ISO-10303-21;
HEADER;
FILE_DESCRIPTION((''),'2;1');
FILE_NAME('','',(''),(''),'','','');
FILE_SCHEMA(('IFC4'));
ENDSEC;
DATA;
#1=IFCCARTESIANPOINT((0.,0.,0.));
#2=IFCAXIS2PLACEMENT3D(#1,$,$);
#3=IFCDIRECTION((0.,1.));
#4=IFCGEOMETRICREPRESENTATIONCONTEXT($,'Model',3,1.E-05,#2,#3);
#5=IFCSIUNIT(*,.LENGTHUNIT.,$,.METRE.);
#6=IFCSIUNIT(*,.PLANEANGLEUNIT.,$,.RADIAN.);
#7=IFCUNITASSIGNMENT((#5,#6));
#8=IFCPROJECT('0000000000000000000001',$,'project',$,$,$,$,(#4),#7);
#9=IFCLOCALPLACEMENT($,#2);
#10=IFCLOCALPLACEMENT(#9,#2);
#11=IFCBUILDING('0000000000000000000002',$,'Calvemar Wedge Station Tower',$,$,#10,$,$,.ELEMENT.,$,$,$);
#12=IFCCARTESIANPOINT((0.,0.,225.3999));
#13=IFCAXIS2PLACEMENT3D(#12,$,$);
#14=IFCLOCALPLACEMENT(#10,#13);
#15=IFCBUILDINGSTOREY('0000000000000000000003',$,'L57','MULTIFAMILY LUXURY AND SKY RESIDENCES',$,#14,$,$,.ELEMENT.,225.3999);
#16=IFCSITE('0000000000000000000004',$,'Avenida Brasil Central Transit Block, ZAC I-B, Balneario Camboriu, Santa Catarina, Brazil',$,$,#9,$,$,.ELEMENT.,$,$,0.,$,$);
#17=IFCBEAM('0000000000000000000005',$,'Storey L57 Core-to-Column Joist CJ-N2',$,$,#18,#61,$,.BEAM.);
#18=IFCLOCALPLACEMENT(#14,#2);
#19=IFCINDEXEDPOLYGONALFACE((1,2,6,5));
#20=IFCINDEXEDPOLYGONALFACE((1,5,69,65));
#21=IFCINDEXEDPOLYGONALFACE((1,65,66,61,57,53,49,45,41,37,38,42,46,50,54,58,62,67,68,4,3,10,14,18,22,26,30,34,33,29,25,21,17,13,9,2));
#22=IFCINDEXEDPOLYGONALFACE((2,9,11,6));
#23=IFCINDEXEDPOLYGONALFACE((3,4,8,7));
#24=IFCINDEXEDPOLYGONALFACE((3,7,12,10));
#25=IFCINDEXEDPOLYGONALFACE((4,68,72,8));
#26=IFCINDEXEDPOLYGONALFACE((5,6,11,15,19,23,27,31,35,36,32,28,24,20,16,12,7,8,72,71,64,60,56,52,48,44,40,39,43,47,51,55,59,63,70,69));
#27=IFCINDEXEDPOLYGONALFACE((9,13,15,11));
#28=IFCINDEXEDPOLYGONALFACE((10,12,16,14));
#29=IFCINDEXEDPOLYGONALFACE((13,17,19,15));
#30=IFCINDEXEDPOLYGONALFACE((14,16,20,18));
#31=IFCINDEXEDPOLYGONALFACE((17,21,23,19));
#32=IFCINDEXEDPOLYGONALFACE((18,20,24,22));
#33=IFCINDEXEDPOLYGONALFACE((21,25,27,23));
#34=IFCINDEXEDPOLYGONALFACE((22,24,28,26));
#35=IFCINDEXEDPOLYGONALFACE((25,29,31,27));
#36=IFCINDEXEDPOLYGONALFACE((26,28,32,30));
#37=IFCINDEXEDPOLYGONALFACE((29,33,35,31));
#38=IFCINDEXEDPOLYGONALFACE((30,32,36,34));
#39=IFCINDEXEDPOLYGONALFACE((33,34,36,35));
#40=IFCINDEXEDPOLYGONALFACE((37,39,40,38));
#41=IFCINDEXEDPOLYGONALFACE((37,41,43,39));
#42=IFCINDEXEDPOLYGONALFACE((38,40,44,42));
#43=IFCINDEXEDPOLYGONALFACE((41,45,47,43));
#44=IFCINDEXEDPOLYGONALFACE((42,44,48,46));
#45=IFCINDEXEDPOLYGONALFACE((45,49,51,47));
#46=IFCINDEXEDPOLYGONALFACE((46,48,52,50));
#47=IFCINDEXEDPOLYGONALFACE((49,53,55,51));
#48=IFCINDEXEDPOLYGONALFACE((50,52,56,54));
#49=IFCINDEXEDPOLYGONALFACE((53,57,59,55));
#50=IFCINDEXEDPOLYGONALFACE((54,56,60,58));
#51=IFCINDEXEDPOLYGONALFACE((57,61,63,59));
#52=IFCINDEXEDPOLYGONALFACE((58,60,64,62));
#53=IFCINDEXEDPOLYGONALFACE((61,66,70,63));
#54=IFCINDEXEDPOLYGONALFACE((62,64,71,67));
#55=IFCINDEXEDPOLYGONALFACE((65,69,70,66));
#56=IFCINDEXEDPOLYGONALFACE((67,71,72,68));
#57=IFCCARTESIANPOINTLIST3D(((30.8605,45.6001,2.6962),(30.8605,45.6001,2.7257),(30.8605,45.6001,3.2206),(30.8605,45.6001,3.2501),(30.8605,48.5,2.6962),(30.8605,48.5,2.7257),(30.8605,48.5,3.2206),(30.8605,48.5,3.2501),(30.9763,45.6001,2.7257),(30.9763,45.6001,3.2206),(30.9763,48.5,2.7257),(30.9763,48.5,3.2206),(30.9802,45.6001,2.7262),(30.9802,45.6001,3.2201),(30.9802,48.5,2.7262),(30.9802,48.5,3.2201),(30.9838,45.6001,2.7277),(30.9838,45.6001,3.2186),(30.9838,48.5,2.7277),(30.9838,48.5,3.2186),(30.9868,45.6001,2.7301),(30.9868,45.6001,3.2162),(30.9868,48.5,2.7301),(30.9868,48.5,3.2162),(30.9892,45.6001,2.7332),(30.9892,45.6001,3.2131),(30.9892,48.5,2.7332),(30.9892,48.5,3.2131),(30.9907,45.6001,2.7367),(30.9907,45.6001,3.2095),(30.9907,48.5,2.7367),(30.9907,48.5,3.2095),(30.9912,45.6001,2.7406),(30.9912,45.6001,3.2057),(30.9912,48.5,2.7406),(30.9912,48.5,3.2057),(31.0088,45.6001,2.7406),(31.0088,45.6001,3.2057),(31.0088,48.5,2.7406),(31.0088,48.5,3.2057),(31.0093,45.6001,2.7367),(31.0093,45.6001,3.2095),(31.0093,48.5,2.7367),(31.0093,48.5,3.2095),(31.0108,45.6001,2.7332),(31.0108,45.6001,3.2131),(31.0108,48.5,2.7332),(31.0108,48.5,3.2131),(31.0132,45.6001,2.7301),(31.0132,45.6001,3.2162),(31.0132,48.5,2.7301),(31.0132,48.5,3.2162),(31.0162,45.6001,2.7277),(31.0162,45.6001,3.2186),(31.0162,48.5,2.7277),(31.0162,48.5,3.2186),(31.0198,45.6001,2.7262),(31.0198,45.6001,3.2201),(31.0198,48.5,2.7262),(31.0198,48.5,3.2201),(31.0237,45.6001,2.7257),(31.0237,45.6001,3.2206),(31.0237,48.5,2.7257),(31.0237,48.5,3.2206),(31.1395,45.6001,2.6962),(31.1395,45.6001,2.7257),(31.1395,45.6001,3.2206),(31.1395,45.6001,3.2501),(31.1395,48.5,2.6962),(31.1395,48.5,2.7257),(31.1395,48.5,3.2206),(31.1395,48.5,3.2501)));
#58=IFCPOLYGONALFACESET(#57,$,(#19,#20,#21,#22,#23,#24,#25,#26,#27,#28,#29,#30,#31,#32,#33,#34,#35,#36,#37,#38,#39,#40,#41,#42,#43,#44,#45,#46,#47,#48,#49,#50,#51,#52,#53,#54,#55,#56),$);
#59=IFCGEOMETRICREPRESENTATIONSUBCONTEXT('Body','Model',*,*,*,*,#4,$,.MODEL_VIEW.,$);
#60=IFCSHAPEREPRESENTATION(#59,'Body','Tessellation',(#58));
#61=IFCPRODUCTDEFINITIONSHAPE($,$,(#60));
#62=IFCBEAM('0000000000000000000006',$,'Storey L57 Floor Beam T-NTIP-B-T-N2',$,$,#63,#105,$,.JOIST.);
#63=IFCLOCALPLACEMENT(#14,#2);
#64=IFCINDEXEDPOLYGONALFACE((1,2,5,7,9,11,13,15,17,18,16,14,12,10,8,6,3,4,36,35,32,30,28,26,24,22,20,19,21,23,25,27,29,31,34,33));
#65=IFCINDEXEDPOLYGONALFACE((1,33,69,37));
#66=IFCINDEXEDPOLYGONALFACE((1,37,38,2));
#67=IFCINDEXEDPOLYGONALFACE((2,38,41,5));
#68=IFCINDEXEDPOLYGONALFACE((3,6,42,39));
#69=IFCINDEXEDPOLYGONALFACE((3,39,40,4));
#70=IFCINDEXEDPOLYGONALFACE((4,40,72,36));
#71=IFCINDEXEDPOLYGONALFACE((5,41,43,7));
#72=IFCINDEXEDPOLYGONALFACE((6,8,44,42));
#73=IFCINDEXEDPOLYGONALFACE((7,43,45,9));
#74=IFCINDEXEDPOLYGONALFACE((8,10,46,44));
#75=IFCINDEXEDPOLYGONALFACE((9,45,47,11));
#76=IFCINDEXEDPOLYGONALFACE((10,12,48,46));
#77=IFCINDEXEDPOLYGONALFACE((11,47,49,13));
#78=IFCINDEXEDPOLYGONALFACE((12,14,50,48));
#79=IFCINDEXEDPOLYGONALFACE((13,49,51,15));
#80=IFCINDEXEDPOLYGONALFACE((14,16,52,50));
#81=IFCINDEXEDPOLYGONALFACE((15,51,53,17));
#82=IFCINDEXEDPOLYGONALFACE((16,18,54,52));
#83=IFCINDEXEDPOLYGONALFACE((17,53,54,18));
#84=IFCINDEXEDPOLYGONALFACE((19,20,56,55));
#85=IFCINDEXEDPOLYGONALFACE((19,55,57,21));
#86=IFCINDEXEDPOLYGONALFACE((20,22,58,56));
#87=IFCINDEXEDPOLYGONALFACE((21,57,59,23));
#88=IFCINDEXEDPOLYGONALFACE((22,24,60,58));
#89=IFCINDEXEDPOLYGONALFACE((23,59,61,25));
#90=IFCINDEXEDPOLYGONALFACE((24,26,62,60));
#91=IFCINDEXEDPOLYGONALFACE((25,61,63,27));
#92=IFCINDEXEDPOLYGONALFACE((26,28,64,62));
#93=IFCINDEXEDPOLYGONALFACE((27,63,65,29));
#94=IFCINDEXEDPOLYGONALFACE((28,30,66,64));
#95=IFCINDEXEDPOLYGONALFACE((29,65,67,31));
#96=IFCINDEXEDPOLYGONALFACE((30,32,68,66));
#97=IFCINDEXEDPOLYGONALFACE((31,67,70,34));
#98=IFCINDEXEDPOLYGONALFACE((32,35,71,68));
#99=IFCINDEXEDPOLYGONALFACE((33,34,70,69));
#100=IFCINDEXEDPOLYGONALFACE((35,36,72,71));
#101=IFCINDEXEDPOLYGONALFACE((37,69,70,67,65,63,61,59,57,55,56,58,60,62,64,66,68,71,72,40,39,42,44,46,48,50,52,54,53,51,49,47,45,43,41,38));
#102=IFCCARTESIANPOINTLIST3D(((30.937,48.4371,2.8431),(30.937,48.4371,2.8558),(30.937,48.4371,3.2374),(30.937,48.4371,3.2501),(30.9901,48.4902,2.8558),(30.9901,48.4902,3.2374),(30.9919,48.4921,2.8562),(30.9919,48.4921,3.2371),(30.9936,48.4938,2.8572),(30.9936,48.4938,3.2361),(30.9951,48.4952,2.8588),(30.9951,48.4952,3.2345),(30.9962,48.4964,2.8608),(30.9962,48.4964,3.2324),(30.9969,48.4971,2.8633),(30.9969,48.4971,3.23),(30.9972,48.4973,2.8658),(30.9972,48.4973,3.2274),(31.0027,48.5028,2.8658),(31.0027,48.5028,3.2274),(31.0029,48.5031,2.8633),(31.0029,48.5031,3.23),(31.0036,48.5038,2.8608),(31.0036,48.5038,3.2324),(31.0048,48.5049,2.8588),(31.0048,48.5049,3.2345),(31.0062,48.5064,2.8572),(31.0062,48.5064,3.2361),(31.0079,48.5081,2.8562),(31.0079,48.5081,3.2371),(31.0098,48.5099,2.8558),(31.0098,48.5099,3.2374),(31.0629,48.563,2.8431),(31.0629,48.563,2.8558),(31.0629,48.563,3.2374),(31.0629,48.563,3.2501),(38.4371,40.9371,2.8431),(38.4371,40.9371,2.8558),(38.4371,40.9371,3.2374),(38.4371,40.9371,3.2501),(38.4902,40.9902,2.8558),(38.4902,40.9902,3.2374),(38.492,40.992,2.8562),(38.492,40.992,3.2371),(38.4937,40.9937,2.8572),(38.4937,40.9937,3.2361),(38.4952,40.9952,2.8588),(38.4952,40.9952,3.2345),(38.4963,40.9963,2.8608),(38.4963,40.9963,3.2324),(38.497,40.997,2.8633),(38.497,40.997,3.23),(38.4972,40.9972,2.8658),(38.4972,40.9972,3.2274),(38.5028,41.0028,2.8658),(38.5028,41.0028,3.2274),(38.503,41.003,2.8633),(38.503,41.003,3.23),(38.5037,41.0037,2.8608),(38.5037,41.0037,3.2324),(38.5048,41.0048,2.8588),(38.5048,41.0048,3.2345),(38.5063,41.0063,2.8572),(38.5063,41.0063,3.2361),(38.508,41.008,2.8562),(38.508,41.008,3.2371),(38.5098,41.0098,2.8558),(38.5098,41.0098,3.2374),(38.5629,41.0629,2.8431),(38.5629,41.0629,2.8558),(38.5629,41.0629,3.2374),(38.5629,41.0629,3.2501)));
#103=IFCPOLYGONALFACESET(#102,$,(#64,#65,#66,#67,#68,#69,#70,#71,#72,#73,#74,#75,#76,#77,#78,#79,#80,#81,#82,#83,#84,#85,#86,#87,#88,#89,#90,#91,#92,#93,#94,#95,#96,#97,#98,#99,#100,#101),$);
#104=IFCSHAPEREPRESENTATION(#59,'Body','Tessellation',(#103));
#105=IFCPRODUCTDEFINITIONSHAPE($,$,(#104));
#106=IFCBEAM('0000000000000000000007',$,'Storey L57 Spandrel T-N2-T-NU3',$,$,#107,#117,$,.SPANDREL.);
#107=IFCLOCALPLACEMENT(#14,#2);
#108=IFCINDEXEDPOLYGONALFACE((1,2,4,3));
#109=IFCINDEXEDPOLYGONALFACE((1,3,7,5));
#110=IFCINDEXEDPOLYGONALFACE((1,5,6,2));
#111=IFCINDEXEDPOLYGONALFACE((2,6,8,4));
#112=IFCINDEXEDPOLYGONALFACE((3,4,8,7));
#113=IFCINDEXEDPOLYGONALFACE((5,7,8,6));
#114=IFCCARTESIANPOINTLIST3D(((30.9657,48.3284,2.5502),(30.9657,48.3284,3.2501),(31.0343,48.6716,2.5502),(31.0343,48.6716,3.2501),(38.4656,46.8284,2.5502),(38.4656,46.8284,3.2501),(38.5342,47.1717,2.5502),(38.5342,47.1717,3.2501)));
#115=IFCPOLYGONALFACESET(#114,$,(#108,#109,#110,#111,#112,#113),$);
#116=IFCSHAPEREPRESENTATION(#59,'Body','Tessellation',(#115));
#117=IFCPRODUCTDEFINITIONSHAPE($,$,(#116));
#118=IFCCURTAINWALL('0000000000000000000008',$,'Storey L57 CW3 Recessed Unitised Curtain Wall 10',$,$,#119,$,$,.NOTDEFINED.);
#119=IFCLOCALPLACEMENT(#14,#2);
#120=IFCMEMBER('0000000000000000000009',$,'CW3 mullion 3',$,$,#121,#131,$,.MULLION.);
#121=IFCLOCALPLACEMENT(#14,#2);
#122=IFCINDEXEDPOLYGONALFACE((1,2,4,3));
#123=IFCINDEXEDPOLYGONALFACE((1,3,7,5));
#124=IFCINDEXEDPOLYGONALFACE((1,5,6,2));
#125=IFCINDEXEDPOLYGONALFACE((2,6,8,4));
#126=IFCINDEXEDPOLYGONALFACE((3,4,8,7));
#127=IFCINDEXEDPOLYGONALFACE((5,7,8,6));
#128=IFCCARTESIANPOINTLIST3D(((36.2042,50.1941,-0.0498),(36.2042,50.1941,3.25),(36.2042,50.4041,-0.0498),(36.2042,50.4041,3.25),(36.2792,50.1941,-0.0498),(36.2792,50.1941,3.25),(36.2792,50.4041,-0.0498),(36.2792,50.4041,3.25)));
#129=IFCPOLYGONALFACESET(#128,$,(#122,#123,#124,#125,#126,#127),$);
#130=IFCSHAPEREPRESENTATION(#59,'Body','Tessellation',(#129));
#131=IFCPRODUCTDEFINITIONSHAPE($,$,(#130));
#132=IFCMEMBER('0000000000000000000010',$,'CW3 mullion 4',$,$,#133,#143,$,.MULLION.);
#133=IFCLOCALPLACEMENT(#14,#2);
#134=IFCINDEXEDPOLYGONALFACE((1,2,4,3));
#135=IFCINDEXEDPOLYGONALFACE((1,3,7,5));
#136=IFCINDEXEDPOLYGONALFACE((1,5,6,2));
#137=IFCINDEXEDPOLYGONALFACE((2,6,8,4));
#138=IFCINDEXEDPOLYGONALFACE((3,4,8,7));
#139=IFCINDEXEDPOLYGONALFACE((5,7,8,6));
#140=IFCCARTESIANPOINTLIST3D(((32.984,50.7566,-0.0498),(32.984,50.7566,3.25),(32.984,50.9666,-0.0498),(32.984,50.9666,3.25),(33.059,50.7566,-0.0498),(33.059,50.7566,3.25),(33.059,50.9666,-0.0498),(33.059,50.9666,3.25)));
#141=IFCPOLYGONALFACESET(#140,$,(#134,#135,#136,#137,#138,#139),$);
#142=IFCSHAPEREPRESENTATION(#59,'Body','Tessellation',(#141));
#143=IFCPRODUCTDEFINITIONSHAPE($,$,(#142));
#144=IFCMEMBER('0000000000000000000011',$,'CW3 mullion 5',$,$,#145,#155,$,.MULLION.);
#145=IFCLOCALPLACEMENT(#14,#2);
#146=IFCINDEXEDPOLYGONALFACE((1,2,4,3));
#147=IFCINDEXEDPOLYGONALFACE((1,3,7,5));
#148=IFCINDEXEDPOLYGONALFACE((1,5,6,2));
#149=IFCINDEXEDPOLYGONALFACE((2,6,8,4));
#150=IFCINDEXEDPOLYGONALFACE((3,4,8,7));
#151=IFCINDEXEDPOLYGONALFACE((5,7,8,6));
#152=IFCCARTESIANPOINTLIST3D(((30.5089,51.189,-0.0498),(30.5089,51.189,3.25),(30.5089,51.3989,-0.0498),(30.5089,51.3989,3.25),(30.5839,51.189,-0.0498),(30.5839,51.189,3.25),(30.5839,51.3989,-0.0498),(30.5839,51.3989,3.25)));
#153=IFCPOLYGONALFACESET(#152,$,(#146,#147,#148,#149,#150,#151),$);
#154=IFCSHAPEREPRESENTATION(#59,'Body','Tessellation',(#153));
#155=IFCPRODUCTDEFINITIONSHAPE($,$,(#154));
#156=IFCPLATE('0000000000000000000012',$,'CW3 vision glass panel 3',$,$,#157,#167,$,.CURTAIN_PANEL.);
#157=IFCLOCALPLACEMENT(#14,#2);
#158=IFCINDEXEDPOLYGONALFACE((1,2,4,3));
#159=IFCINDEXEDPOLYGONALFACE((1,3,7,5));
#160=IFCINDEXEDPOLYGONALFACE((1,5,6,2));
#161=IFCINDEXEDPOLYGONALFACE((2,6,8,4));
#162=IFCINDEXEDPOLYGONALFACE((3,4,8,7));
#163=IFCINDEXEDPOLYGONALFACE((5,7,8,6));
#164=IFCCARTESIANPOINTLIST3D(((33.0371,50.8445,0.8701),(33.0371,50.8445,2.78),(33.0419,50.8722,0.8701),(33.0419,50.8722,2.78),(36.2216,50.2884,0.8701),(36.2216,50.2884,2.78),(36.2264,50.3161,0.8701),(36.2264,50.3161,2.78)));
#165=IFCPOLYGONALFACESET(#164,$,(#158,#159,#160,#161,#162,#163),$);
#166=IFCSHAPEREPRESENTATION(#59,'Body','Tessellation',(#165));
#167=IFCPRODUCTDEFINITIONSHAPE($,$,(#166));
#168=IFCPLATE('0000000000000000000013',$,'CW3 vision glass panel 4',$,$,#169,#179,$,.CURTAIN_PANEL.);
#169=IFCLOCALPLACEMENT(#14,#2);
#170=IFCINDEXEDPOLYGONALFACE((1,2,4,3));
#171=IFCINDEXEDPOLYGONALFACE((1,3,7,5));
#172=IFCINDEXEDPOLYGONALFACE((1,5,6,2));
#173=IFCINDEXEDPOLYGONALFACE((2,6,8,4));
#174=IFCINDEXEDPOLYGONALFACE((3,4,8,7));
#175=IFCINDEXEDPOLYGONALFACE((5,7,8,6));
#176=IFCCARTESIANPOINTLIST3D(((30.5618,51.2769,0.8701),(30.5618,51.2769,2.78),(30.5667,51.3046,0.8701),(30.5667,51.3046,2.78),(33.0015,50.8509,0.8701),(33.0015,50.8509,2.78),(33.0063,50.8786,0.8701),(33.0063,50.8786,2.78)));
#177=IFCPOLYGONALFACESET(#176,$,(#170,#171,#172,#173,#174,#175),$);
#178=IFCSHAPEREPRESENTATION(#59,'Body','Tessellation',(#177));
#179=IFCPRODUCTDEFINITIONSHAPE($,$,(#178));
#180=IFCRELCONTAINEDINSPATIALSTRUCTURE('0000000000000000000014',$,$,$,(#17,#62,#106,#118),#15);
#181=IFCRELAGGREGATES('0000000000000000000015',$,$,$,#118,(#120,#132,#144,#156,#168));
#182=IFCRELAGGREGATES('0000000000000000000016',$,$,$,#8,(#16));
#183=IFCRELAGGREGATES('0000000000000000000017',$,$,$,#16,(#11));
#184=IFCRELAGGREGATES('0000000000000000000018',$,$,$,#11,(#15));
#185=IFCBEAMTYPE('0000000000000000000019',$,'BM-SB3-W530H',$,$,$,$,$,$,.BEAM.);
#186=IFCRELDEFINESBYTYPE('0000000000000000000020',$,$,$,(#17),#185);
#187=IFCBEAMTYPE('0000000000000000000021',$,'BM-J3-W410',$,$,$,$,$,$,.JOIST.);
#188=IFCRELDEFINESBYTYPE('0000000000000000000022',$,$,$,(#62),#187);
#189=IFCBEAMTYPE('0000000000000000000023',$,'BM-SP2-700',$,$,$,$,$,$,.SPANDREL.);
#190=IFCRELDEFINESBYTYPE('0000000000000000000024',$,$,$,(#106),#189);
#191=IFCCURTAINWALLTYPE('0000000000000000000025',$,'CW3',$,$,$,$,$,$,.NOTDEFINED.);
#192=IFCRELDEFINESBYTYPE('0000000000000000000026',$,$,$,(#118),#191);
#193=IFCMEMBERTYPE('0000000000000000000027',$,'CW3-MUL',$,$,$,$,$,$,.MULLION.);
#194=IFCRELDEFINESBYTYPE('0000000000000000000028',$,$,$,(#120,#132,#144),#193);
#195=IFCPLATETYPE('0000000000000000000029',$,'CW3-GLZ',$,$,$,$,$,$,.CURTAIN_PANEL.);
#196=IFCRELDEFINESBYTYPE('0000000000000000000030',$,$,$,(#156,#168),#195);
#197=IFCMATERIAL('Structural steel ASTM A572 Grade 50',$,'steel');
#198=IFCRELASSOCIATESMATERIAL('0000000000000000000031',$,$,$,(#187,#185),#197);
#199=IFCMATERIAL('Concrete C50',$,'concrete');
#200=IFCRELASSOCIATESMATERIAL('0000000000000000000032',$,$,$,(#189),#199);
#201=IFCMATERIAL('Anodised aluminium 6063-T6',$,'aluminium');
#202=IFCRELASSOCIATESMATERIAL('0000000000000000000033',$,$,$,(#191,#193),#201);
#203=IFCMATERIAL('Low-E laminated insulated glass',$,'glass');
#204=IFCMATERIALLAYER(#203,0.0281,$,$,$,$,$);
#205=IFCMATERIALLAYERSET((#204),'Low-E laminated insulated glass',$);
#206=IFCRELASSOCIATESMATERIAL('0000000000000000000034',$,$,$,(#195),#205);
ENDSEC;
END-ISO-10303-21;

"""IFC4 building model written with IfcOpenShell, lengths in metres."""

from ifc_helpers import new_model, si_unit, direction, frame, frame_2d, origin, origin_2d, place, context, subcontext, project, spatial, rectangle, i_section, extrude, source, transform, mapped, material, layer, layer_set, material_profile, profile_set, type_object, element, aggregate, save


model = new_model("IFC4")

# Units and contexts
model_context = context("Model", 3, precision=1e-05, world=origin(), true_north=direction((0.0, 1.0)))
body_context = subcontext(model_context, "Body", "Model", "MODEL_VIEW")
ifc_project = project(units=[si_unit("LENGTHUNIT", "METRE"), si_unit("PLANEANGLEUNIT", "RADIAN")], contexts=[model_context])

# Site, building, storey
site_placement = place(None, origin())
site = spatial("IfcSite", under=ifc_project, at=site_placement, Name="Avenida Brasil Central Transit Block, ZAC I-B, Balneario Camboriu, Santa Catarina, Brazil", CompositionType="ELEMENT", RefElevation=0.0)
building_placement = place(site_placement, origin())
building = spatial("IfcBuilding", under=site, at=building_placement, Name="Calvemar Wedge Station Tower", CompositionType="ELEMENT")
storey_placement = place(building_placement, frame((0.0, 0.0, 225.3999)))
storey = spatial("IfcBuildingStorey", under=building, at=storey_placement, Name="L57", Description="MULTIFAMILY LUXURY AND SKY RESIDENCES", CompositionType="ELEMENT", Elevation=225.3999)

# Shared definitions
ifc_material_1 = material(Name="Concrete C50", Category="concrete")
ifc_material_2 = material(Name="Structural steel ASTM A572 Grade 50", Category="steel")

# Beams
ifc_material_profile_1 = material_profile(ifc_material_2, i_section(OverallWidth=0.178, OverallDepth=0.407, WebThickness=0.0078, FlangeThickness=0.0127, FilletRadius=0.01, at=origin_2d()), Name="W410x60")
ifc_profile_set_1 = profile_set([ifc_material_profile_1], Name="Structural steel ASTM A572 Grade 50")
beam_type_1 = type_object("IfcBeamType", Name="BM-J3-W410", PredefinedType="JOIST", material=ifc_profile_set_1)
ifc_material_profile_2 = material_profile(ifc_material_2, i_section(OverallWidth=0.2791, OverallDepth=0.554, WebThickness=0.0176, FlangeThickness=0.0295, FilletRadius=0.0149, at=origin_2d()), Name="W530x196")
ifc_profile_set_2 = profile_set([ifc_material_profile_2], Name="Structural steel ASTM A572 Grade 50")
beam_type_2 = type_object("IfcBeamType", Name="BM-SB3-W530H", PredefinedType="BEAM", material=ifc_profile_set_2)
shared_shape_1 = source(origin(), body_context, "Body", "SweptSolid", [
    extrude(i_section(OverallWidth=0.2791, OverallDepth=0.554, WebThickness=0.0176, FlangeThickness=0.0295, FilletRadius=0.0149, at=origin_2d()), origin(), (0.0, 0.0, 1.0), 2.8999),
])
beam_1_placement = place(storey_placement, frame((31.0, 45.6001, 2.9731), z_axis=(0.0, 1.0, 0.0), x_axis=(-1.0, 0.0, 0.0)))
element("IfcBeam", 1, at=beam_1_placement, inside=storey, type_object=beam_type_2, Name="Storey L57 Core-to-Column Joist CJ-N2", PredefinedType="BEAM", context=body_context, shape_type="MappedRepresentation", body=[
    mapped(shared_shape_1, transform((0.0, 0.0, 0.0), scale=1.0)),
])
shared_shape_2 = source(origin(), body_context, "Body", "SweptSolid", [
    extrude(i_section(OverallWidth=0.178, OverallDepth=0.407, WebThickness=0.0078, FlangeThickness=0.0127, FilletRadius=0.01, at=origin_2d()), origin(), (0.0, 0.0, 1.0), 10.6067),
])
beam_2_placement = place(storey_placement, frame((38.5, 41.0, 3.0466), z_axis=(-0.707107, 0.707107, 0.0), x_axis=(-0.707107, -0.707107, 0.0)))
element("IfcBeam", 2, at=beam_2_placement, inside=storey, type_object=beam_type_1, Name="Storey L57 Floor Beam T-NTIP-B-T-N2", PredefinedType="JOIST", context=body_context, shape_type="MappedRepresentation", body=[
    mapped(shared_shape_2, transform((0.0, 0.0, 0.0), scale=1.0)),
])
ifc_material_profile_3 = material_profile(ifc_material_1, rectangle(XDim=0.3501, YDim=0.7, at=origin_2d()), Name="RC350x700")
ifc_profile_set_3 = profile_set([ifc_material_profile_3], Name="Concrete C50")
beam_type_3 = type_object("IfcBeamType", Name="BM-SP2-700", PredefinedType="SPANDREL", material=ifc_profile_set_3)
shared_shape_3 = source(origin(), body_context, "Body", "SweptSolid", [
    extrude(rectangle(XDim=0.3501, YDim=0.7, at=origin_2d()), origin(), (0.0, 0.0, 1.0), 7.6484),
])
beam_3_placement = place(storey_placement, frame((31.0, 48.5, 2.9001), z_axis=(0.980581, -0.196116, 0.0), x_axis=(0.196116, 0.980581, 0.0)))
element("IfcBeam", 3, at=beam_3_placement, inside=storey, type_object=beam_type_3, Name="Storey L57 Spandrel T-N2-T-NU3", PredefinedType="SPANDREL", context=body_context, shape_type="MappedRepresentation", body=[
    mapped(shared_shape_3, transform((0.0, 0.0, 0.0), scale=1.0)),
])

# Curtain wall, members, plates
ifc_material_3 = material(Name="Anodised aluminium 6063-T6", Category="aluminium")
curtain_wall_type = type_object("IfcCurtainWallType", Name="CW3", PredefinedType="NOTDEFINED", material=ifc_material_3)
curtain_wall_placement = place(storey_placement, origin())
curtain_wall = element("IfcCurtainWall", 4, at=curtain_wall_placement, inside=storey, type_object=curtain_wall_type, Name="Storey L57 CW3 Recessed Unitised Curtain Wall 10", PredefinedType="NOTDEFINED")
ifc_material_profile_4 = material_profile(ifc_material_3, rectangle(XDim=0.075, YDim=0.21, at=origin_2d()), Name="AL-MUL-75x210")
ifc_profile_set_4 = profile_set([ifc_material_profile_4], Name="Anodised aluminium 6063-T6")
member_type = type_object("IfcMemberType", Name="CW3-MUL", PredefinedType="MULLION", material=ifc_profile_set_4)
shared_shape_4 = source(origin(), body_context, "Body", "SweptSolid", [
    extrude(rectangle(XDim=0.075, YDim=0.21, at=origin_2d()), origin(), (0.0, 0.0, 1.0), 3.2998),
])
member_1_placement = place(storey_placement, frame((36.2417, 50.2991, -0.0498), z_axis=(0.0, 0.0, 1.0), x_axis=(1.0, 0.0, 0.0)))
member_1 = element("IfcMember", 5, at=member_1_placement, type_object=member_type, Name="CW3 mullion 3", PredefinedType="MULLION", context=body_context, shape_type="MappedRepresentation", body=[
    mapped(shared_shape_4, transform((0.0, 0.0, 0.0), scale=1.0)),
])
member_2_placement = place(storey_placement, frame((33.0215, 50.8616, -0.0498), z_axis=(0.0, 0.0, 1.0), x_axis=(1.0, 0.0, 0.0)))
member_2 = element("IfcMember", 6, at=member_2_placement, type_object=member_type, Name="CW3 mullion 4", PredefinedType="MULLION", context=body_context, shape_type="MappedRepresentation", body=[
    mapped(shared_shape_4, transform((0.0, 0.0, 0.0), scale=1.0)),
])
member_3_placement = place(storey_placement, frame((30.5464, 51.2939, -0.0498), z_axis=(0.0, 0.0, 1.0), x_axis=(1.0, 0.0, 0.0)))
member_3 = element("IfcMember", 7, at=member_3_placement, type_object=member_type, Name="CW3 mullion 5", PredefinedType="MULLION", context=body_context, shape_type="MappedRepresentation", body=[
    mapped(shared_shape_4, transform((0.0, 0.0, 0.0), scale=1.0)),
])
ifc_material_4 = material(Name="Low-E laminated insulated glass", Category="glass")
ifc_layer_1 = layer(ifc_material_4, 0.0281)
ifc_layer_set_1 = layer_set([ifc_layer_1], Name="Low-E laminated insulated glass")
plate_type_1 = type_object("IfcPlateType", Name="CW3-GLZ", PredefinedType="CURTAIN_PANEL", material=ifc_layer_set_1)
plate_1_placement = place(storey_placement, frame((36.2239, 50.3022, 0.8701), z_axis=(0.0, 0.0, 1.0), x_axis=(-0.985091, 0.172036, 0.0)))
plate_1 = element("IfcPlate", 8, at=plate_1_placement, type_object=plate_type_1, Name="CW3 vision glass panel 3", PredefinedType="CURTAIN_PANEL", context=body_context, shape_type="SweptSolid", body=[
    extrude(rectangle(XDim=3.2327, YDim=0.0281, at=frame_2d((1.6162, 0.0))), origin(), (0.0, 0.0, 1.0), 1.9099),
])
plate_2_placement = place(storey_placement, frame((33.0039, 50.8647, 0.8701), z_axis=(0.0, 0.0, 1.0), x_axis=(-0.985094, 0.172019, 0.0)))
plate_2 = element("IfcPlate", 9, at=plate_2_placement, type_object=plate_type_1, Name="CW3 vision glass panel 4", PredefinedType="CURTAIN_PANEL", context=body_context, shape_type="SweptSolid", body=[
    extrude(rectangle(XDim=2.4766, YDim=0.0281, at=frame_2d((1.2383, 0.0))), origin(), (0.0, 0.0, 1.0), 1.9099),
])
aggregate(curtain_wall, [member_1, member_2, member_3, plate_1, plate_2])

save(model, "model.ifc")
